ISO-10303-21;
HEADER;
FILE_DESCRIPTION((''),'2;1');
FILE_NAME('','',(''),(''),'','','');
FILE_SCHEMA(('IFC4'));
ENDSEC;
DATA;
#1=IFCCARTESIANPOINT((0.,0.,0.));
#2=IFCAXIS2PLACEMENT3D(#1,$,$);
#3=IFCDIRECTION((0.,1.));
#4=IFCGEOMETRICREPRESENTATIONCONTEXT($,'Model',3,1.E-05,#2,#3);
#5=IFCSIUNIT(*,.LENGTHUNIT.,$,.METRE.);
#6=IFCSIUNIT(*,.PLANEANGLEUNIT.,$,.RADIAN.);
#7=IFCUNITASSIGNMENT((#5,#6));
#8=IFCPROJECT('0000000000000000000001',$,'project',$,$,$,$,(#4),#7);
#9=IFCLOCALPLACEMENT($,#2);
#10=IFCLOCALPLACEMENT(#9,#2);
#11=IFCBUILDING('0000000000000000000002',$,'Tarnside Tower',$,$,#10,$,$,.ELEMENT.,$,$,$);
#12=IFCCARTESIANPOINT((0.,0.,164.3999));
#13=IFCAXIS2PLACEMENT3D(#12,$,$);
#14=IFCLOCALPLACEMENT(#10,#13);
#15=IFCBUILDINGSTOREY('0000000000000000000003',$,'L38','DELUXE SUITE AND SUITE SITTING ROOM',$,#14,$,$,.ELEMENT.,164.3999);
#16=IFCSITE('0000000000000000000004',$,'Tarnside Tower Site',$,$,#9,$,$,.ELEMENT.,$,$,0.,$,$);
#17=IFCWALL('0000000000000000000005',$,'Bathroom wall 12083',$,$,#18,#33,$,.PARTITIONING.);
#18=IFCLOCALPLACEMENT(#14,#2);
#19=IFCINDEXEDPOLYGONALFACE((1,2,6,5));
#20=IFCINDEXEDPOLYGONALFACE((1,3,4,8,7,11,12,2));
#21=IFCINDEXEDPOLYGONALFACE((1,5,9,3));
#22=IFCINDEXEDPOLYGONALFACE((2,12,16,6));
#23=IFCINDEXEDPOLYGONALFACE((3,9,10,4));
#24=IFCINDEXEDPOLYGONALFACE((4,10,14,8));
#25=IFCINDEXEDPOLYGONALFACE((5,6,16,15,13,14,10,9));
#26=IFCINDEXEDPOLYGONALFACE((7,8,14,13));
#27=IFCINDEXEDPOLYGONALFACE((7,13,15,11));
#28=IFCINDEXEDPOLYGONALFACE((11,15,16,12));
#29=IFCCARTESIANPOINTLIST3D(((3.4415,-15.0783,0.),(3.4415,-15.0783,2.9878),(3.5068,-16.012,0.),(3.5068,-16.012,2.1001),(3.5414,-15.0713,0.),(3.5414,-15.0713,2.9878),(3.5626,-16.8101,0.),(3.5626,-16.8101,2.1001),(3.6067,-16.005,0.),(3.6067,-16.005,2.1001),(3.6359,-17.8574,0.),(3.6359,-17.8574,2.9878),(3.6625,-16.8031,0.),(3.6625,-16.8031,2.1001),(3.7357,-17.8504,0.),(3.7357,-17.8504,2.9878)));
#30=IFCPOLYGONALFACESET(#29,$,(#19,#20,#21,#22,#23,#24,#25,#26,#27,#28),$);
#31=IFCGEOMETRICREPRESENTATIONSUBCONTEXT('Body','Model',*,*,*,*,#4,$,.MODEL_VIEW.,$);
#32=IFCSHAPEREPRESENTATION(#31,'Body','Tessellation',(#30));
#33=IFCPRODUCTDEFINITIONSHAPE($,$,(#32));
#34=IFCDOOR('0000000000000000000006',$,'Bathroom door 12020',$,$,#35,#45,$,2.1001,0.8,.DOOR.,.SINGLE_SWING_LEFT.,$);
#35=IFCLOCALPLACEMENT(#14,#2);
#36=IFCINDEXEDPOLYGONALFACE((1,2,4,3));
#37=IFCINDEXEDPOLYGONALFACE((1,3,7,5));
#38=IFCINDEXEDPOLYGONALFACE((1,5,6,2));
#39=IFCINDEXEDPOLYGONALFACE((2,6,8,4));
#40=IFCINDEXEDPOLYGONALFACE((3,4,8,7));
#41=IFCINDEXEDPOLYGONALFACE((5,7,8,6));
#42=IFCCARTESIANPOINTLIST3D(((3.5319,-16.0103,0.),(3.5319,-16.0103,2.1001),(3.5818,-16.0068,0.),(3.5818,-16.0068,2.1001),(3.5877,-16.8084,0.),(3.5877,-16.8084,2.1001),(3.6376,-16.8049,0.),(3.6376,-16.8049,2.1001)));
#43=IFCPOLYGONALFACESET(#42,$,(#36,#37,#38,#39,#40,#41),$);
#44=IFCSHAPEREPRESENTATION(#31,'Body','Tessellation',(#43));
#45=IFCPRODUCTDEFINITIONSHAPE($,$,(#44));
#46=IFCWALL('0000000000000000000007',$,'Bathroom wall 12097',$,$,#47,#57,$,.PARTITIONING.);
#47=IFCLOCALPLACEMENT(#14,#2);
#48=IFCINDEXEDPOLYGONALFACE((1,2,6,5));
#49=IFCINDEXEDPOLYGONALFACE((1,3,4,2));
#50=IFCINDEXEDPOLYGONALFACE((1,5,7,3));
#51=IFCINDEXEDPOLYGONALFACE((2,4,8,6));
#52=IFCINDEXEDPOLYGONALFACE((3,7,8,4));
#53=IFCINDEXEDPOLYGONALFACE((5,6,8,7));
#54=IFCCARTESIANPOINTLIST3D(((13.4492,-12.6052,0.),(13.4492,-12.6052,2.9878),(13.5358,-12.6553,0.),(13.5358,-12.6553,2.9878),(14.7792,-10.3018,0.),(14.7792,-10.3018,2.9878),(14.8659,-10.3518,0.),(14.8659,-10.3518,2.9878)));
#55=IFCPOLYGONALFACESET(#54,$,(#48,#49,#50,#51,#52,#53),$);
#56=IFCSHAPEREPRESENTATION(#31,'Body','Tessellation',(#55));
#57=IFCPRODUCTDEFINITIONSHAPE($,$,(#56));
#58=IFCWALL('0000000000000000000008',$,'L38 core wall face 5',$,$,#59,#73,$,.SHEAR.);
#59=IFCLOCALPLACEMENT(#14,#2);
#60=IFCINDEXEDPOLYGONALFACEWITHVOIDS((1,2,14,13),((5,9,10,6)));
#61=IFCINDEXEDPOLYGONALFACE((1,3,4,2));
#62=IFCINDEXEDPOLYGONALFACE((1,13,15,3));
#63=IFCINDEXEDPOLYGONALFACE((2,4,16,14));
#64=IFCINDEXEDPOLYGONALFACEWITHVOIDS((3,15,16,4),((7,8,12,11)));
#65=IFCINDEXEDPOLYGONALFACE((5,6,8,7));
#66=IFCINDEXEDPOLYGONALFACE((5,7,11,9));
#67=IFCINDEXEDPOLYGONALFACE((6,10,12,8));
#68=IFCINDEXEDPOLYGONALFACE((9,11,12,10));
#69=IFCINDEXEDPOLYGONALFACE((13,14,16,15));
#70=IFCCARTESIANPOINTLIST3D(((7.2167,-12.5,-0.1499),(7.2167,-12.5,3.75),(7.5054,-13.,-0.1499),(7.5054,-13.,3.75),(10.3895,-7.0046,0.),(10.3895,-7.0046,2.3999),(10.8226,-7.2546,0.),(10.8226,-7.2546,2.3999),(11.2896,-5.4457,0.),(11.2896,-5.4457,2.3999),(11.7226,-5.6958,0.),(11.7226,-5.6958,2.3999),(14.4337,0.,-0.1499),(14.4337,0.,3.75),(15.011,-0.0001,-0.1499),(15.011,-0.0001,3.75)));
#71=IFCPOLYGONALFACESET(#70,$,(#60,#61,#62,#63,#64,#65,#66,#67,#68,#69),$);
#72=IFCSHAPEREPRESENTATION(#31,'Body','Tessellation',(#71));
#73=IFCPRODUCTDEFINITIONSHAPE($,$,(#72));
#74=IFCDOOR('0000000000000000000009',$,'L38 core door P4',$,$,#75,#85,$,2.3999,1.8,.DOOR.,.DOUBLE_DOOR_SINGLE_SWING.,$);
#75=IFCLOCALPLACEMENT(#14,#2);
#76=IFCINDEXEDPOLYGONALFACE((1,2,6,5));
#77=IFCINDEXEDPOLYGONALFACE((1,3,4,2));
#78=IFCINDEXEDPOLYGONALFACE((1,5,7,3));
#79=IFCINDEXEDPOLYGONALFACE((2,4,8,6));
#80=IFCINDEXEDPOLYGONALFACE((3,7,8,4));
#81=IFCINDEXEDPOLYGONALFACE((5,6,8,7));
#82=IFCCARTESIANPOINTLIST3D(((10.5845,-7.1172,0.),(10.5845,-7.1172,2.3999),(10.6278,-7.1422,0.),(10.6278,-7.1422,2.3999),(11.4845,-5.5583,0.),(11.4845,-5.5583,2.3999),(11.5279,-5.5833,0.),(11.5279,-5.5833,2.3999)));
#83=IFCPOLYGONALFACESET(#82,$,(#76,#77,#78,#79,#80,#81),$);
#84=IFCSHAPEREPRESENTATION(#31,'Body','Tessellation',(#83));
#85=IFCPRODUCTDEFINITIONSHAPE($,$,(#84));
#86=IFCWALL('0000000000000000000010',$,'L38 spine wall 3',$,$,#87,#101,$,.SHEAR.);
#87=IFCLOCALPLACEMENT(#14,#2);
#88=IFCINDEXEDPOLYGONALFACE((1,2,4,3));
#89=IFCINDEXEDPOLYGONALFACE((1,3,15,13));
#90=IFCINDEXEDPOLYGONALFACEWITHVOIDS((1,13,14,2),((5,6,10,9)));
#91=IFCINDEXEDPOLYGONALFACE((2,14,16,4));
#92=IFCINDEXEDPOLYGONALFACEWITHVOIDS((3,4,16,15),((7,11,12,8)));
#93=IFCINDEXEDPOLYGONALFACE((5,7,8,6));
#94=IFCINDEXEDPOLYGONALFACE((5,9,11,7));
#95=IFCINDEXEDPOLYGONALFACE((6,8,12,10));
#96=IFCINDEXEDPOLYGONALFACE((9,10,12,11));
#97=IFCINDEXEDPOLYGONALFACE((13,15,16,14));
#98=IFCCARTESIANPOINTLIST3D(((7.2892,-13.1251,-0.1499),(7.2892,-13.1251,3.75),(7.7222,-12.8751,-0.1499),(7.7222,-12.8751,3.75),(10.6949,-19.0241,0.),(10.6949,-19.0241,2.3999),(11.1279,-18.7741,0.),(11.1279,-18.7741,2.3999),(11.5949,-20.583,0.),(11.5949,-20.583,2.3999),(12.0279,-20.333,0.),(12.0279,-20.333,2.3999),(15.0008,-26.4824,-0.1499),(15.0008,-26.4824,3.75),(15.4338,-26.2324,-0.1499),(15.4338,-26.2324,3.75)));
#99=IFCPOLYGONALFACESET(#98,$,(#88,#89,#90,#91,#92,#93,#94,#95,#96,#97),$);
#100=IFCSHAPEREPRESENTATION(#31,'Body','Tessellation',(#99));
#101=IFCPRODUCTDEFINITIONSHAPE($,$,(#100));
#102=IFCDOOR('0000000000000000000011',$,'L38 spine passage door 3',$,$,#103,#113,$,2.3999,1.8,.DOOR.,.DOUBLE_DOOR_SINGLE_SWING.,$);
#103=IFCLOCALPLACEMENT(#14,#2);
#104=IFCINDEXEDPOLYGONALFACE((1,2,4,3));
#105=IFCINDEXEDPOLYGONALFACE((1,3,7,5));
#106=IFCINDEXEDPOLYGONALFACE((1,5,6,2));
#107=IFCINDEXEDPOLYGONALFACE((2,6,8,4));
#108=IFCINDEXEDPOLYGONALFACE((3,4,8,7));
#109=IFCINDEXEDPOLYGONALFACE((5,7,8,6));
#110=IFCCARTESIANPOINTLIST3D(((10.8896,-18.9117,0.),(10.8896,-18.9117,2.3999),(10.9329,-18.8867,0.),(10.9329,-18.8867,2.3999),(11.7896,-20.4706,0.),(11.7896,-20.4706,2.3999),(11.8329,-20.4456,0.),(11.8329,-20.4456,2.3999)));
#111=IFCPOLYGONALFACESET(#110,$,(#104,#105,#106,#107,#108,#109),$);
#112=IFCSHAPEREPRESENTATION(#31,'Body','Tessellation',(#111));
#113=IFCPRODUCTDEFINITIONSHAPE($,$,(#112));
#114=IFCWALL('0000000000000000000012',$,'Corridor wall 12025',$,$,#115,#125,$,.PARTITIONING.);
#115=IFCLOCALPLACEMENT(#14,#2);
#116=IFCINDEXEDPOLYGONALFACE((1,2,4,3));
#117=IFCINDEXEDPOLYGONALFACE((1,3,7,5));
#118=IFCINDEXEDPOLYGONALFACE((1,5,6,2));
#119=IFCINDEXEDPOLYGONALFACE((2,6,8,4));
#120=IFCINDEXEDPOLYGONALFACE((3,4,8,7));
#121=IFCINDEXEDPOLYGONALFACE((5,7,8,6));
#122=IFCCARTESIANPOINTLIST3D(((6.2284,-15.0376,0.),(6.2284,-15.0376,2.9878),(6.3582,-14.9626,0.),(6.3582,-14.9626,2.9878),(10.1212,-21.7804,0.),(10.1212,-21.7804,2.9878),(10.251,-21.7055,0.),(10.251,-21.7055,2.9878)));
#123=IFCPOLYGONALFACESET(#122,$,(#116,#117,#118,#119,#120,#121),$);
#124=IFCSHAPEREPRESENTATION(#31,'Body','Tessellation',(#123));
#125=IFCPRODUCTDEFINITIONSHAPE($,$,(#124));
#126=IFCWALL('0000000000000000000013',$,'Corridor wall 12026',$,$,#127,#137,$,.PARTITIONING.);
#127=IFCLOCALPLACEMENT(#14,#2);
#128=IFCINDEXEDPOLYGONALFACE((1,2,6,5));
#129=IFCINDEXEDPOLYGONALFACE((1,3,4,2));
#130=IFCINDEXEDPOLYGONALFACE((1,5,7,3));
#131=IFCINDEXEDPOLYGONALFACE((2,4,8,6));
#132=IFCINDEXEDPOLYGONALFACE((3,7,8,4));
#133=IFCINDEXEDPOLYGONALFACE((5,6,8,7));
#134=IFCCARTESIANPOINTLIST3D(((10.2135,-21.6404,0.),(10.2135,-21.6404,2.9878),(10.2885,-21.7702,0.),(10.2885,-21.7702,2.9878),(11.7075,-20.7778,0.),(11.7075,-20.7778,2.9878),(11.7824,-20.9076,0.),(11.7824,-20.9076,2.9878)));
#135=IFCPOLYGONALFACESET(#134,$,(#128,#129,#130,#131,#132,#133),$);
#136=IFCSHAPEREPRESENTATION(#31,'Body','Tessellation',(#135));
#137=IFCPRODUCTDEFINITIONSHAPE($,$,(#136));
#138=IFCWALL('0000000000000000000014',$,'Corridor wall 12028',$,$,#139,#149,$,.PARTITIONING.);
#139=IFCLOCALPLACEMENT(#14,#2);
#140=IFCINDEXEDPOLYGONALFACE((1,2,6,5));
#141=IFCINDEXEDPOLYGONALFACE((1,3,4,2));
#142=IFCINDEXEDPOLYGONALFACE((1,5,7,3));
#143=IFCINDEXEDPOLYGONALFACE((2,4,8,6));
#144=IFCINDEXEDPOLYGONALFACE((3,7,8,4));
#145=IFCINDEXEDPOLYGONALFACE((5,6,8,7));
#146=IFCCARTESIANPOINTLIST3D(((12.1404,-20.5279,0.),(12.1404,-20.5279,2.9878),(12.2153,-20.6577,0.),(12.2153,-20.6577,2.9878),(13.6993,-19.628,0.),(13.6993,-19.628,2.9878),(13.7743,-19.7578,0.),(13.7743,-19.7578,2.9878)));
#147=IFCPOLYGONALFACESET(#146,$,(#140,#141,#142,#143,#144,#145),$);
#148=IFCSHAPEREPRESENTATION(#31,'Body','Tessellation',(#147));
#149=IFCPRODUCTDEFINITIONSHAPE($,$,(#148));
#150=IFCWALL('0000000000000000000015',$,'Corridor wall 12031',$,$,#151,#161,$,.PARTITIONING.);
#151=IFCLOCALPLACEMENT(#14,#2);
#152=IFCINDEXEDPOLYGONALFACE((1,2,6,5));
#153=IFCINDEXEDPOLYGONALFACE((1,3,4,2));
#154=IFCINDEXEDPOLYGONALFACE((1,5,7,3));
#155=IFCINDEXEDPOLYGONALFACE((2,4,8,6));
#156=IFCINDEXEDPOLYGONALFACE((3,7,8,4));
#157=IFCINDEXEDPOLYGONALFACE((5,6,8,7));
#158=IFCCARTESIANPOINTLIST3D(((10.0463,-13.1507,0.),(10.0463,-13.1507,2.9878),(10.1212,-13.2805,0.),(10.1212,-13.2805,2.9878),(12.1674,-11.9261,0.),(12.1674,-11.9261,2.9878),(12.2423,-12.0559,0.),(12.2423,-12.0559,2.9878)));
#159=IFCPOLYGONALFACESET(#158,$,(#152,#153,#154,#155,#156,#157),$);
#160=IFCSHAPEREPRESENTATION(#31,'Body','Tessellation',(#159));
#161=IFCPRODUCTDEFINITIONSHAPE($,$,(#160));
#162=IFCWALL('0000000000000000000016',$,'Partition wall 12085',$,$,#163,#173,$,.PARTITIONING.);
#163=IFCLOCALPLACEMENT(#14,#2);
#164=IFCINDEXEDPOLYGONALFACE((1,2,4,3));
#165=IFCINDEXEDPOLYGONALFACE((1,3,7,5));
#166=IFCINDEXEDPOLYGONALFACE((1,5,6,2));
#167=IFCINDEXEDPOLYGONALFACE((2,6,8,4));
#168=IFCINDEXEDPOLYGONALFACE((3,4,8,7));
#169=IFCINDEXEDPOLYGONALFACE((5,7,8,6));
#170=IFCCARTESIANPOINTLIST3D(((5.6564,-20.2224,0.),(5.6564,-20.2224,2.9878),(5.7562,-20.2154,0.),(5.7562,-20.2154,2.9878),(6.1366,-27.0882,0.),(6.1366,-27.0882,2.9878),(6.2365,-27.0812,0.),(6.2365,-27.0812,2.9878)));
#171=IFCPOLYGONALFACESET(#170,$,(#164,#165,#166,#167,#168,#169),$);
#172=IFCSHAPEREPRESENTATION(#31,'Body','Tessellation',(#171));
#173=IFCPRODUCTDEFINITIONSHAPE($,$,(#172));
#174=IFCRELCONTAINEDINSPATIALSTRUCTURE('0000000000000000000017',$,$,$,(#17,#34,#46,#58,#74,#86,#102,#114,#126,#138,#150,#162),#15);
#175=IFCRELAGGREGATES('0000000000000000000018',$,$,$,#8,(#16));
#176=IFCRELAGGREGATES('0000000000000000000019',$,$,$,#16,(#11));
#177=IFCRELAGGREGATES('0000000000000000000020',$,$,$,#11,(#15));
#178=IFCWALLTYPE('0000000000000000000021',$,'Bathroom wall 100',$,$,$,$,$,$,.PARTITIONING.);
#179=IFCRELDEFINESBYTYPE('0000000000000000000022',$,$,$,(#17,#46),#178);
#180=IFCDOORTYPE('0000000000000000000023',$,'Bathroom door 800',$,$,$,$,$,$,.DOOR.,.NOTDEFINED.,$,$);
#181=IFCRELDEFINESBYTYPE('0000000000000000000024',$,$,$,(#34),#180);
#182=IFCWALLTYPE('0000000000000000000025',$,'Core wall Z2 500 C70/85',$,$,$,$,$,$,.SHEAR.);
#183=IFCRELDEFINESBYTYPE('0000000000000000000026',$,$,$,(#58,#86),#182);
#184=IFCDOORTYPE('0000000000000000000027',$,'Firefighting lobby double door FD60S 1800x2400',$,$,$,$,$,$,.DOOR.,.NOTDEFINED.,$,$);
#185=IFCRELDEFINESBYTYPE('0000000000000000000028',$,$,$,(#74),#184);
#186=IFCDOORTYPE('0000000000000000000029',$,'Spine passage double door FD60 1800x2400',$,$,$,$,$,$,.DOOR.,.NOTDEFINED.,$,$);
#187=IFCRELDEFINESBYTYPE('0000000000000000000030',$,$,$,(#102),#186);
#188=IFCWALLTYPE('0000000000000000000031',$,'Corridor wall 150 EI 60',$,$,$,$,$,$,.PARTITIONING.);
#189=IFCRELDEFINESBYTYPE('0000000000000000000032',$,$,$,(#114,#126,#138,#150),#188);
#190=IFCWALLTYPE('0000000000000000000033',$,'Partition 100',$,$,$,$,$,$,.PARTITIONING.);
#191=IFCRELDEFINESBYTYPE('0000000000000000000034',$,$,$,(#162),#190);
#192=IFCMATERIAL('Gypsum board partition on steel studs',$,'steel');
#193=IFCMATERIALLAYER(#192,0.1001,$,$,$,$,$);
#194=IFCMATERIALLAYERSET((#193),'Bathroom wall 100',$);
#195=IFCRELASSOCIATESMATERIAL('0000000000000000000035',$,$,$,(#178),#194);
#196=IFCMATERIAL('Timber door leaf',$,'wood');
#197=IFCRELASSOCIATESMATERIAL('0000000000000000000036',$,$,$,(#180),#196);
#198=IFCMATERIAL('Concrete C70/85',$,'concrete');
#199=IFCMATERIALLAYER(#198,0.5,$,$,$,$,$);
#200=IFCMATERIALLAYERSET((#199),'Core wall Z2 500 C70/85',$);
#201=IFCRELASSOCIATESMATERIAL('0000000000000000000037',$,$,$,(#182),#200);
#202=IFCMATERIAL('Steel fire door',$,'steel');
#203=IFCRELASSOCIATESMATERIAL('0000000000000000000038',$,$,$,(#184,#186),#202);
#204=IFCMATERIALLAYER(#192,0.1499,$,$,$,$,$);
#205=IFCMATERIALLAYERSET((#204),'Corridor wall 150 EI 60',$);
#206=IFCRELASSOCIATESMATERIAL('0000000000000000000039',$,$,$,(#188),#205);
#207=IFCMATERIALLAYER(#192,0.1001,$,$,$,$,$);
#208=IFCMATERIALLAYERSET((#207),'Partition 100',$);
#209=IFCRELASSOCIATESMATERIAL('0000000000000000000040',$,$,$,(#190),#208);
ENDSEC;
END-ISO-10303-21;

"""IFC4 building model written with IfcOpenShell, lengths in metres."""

from ifc_helpers import new_model, si_unit, direction, frame, frame_2d, origin, place, context, subcontext, project, spatial, polyline, rectangle, outline, extrude, material, layer, layer_set, type_object, element, fill, save


model = new_model("IFC4")

# Units and contexts
model_context = context("Model", 3, precision=1e-05, world=origin(), true_north=direction((0.0, 1.0)))
body_context = subcontext(model_context, "Body", "Model", "MODEL_VIEW")
ifc_project = project(units=[si_unit("LENGTHUNIT", "METRE"), si_unit("PLANEANGLEUNIT", "RADIAN")], contexts=[model_context])

# Site, building, storey
site_placement = place(None, origin())
site = spatial("IfcSite", under=ifc_project, at=site_placement, Name="Tarnside Tower Site", CompositionType="ELEMENT", RefElevation=0.0)
building_placement = place(site_placement, origin())
building = spatial("IfcBuilding", under=site, at=building_placement, Name="Tarnside Tower", CompositionType="ELEMENT")
storey_placement = place(building_placement, frame((0.0, 0.0, 164.3999)))
storey = spatial("IfcBuildingStorey", under=building, at=storey_placement, Name="L38", Description="DELUXE SUITE AND SUITE SITTING ROOM", CompositionType="ELEMENT", Elevation=164.3999)

# Shared definitions
ifc_material_1 = material(Name="Gypsum board partition on steel studs", Category="steel")
ifc_layer_1 = layer(ifc_material_1, 0.1001)
ifc_layer_set_1 = layer_set([ifc_layer_1], Name="Bathroom wall 100")
wall_type_1 = type_object("IfcWallType", Name="Bathroom wall 100", PredefinedType="PARTITIONING", material=ifc_layer_set_1)

# Wall, opening, door
wall_1_placement = place(storey_placement, frame((3.6858, -17.854, 0.0), z_axis=(0.0, 0.0, 1.0), x_axis=(-0.069758, 0.997564, 0.0)))
wall_1 = element("IfcWall", 1, at=wall_1_placement, inside=storey, type_object=wall_type_1, Name="Bathroom wall 12083", PredefinedType="PARTITIONING", context=body_context, shape_type="SweptSolid", body=[
    extrude(rectangle(XDim=2.7859, YDim=0.1001, at=frame_2d((1.3931, 0.0))), origin(), (0.0, 0.0, 1.0), 2.9878),
])
opening_1_placement = place(wall_1_placement, frame((1.05, 0.0, 0.0)))
opening_1 = element("IfcOpeningElement", 2, at=opening_1_placement, cuts=wall_1, PredefinedType="OPENING", context=body_context, shape_type="SweptSolid", body=[
    extrude(rectangle(XDim=0.8, YDim=2.1001, at=frame_2d((0.3999, 1.05))), frame((0.0, 0.0601, 0.0), z_axis=(0.0, -1.0, 0.0), x_axis=(1.0, 0.0, 0.0)), (0.0, 0.0, 1.0), 0.1201),
])
ifc_material_2 = material(Name="Timber door leaf", Category="wood")
door_type_1 = type_object("IfcDoorType", Name="Bathroom door 800", OperationType="NOTDEFINED", PredefinedType="DOOR", material=ifc_material_2)
door_1_placement = place(opening_1_placement, origin())
door_1 = element("IfcDoor", 3, at=door_1_placement, inside=storey, type_object=door_type_1, Name="Bathroom door 12020", OperationType="SINGLE_SWING_LEFT", OverallHeight=2.1001, OverallWidth=0.8, PredefinedType="DOOR", context=body_context, shape_type="SweptSolid", body=[
    extrude(rectangle(XDim=0.8, YDim=2.1001, at=frame_2d((0.3999, 1.05))), frame((0.0, 0.0249, 0.0), z_axis=(0.0, -1.0, 0.0), x_axis=(1.0, 0.0, 0.0)), (0.0, 0.0, 1.0), 0.05),
])
fill(opening_1, door_1)

# Wall
wall_2_placement = place(storey_placement, frame((13.4924, -12.6304, 0.0), z_axis=(0.0, 0.0, 1.0), x_axis=(0.500048, 0.865998, 0.0)))
element("IfcWall", 4, at=wall_2_placement, inside=storey, type_object=wall_type_1, Name="Bathroom wall 12097", PredefinedType="PARTITIONING", context=body_context, shape_type="SweptSolid", body=[
    extrude(rectangle(XDim=2.6599, YDim=0.1001, at=frame_2d((1.3301, 0.0))), origin(), (0.0, 0.0, 1.0), 2.9878),
])

# Walls, openings, doors
ifc_material_3 = material(Name="Concrete C70/85", Category="concrete")
ifc_layer_2 = layer(ifc_material_3, 0.5)
ifc_layer_set_2 = layer_set([ifc_layer_2], Name="Core wall Z2 500 C70/85")
wall_type_2 = type_object("IfcWallType", Name="Core wall Z2 500 C70/85", PredefinedType="SHEAR", material=ifc_layer_set_2)
wall_3_placement = place(storey_placement, frame((7.3611, -12.75, -0.1499), z_axis=(0.0, 0.0, 1.0), x_axis=(0.500006, 0.866022, 0.0)))
wall_3 = element("IfcWall", 5, at=wall_3_placement, inside=storey, type_object=wall_type_2, Name="L38 core wall face 5", PredefinedType="SHEAR", context=body_context, shape_type="SweptSolid", body=[
    extrude(outline(polyline([(-0.1443, -0.25), (14.8667, -0.25), (14.5781, 0.25), (0.1443, 0.25), (-0.1443, -0.25)])), origin(), (0.0, 0.0, 1.0), 3.8999),
])
opening_2_placement = place(wall_3_placement, frame((6.49, 0.0, 0.1499)))
opening_2 = element("IfcOpeningElement", 6, at=opening_2_placement, cuts=wall_3, PredefinedType="OPENING", context=body_context, shape_type="SweptSolid", body=[
    extrude(rectangle(XDim=1.8, YDim=2.3999, at=frame_2d((0.8999, 1.2))), frame((0.0, 0.26, 0.0), z_axis=(0.0, -1.0, 0.0), x_axis=(1.0, 0.0, 0.0)), (0.0, 0.0, 1.0), 0.52),
])
ifc_material_4 = material(Name="Steel fire door", Category="steel")
door_type_2 = type_object("IfcDoorType", Name="Firefighting lobby double door FD60S 1800x2400", OperationType="NOTDEFINED", PredefinedType="DOOR", material=ifc_material_4)
door_2_placement = place(opening_2_placement, origin())
door_2 = element("IfcDoor", 7, at=door_2_placement, inside=storey, type_object=door_type_2, Name="L38 core door P4", OperationType="DOUBLE_DOOR_SINGLE_SWING", OverallHeight=2.3999, OverallWidth=1.8, PredefinedType="DOOR", context=body_context, shape_type="SweptSolid", body=[
    extrude(rectangle(XDim=1.8, YDim=2.3999, at=frame_2d((0.8999, 1.2))), frame((0.0, 0.0249, 0.0), z_axis=(0.0, -1.0, 0.0), x_axis=(1.0, 0.0, 0.0)), (0.0, 0.0, 1.0), 0.05),
])
fill(opening_2, door_2)
wall_4_placement = place(storey_placement, frame((7.5056, -13.0, -0.1499), z_axis=(0.0, 0.0, 1.0), x_axis=(0.499988, -0.866032, 0.0)))
wall_4 = element("IfcWall", 8, at=wall_4_placement, inside=storey, type_object=wall_type_2, Name="L38 spine wall 3", PredefinedType="SHEAR", context=body_context, shape_type="SweptSolid", body=[
    extrude(rectangle(XDim=15.4236, YDim=0.5, at=frame_2d((7.7119, 0.0))), origin(), (0.0, 0.0, 1.0), 3.8999),
])
opening_3_placement = place(wall_4_placement, frame((6.8118, 0.0, 0.1499)))
opening_3 = element("IfcOpeningElement", 9, at=opening_3_placement, cuts=wall_4, PredefinedType="OPENING", context=body_context, shape_type="SweptSolid", body=[
    extrude(rectangle(XDim=1.8, YDim=2.3999, at=frame_2d((0.8999, 1.2))), frame((0.0, 0.26, 0.0), z_axis=(0.0, -1.0, 0.0), x_axis=(1.0, 0.0, 0.0)), (0.0, 0.0, 1.0), 0.52),
])
door_type_3 = type_object("IfcDoorType", Name="Spine passage double door FD60 1800x2400", OperationType="NOTDEFINED", PredefinedType="DOOR", material=ifc_material_4)
door_3_placement = place(opening_3_placement, origin())
door_3 = element("IfcDoor", 10, at=door_3_placement, inside=storey, type_object=door_type_3, Name="L38 spine passage door 3", OperationType="DOUBLE_DOOR_SINGLE_SWING", OverallHeight=2.3999, OverallWidth=1.8, PredefinedType="DOOR", context=body_context, shape_type="SweptSolid", body=[
    extrude(rectangle(XDim=1.8, YDim=2.3999, at=frame_2d((0.8999, 1.2))), frame((0.0, 0.0249, 0.0), z_axis=(0.0, -1.0, 0.0), x_axis=(1.0, 0.0, 0.0)), (0.0, 0.0, 1.0), 0.05),
])
fill(opening_3, door_3)

# Walls
ifc_layer_3 = layer(ifc_material_1, 0.1499)
ifc_layer_set_3 = layer_set([ifc_layer_3], Name="Corridor wall 150 EI 60")
wall_type_3 = type_object("IfcWallType", Name="Corridor wall 150 EI 60", PredefinedType="PARTITIONING", material=ifc_layer_set_3)
wall_5_placement = place(storey_placement, frame((6.2932, -15.0, 0.0), z_axis=(0.0, 0.0, 1.0), x_axis=(0.49998, -0.866037, 0.0)))
element("IfcWall", 11, at=wall_5_placement, inside=storey, type_object=wall_type_3, Name="Corridor wall 12025", PredefinedType="PARTITIONING", context=body_context, shape_type="SweptSolid", body=[
    extrude(rectangle(XDim=7.7859, YDim=0.1499, at=frame_2d((3.8931, 0.0))), origin(), (0.0, 0.0, 1.0), 2.9878),
])
wall_6_placement = place(storey_placement, frame((10.251, -21.7053, 0.0), z_axis=(0.0, 0.0, 1.0), x_axis=(0.866014, 0.500021, 0.0)))
element("IfcWall", 12, at=wall_6_placement, inside=storey, type_object=wall_type_3, Name="Corridor wall 12026", PredefinedType="PARTITIONING", context=body_context, shape_type="SweptSolid", body=[
    extrude(rectangle(XDim=1.7251, YDim=0.1499, at=frame_2d((0.8625, 0.0))), origin(), (0.0, 0.0, 1.0), 2.9878),
])
wall_7_placement = place(storey_placement, frame((12.178, -20.5928, 0.0), z_axis=(0.0, 0.0, 1.0), x_axis=(0.866048, 0.499961, 0.0)))
element("IfcWall", 13, at=wall_7_placement, inside=storey, type_object=wall_type_3, Name="Corridor wall 12028", PredefinedType="PARTITIONING", context=body_context, shape_type="SweptSolid", body=[
    extrude(rectangle(XDim=1.8, YDim=0.1499, at=frame_2d((0.8999, 0.0))), origin(), (0.0, 0.0, 1.0), 2.9878),
])
wall_8_placement = place(storey_placement, frame((10.0837, -13.2156, 0.0), z_axis=(0.0, 0.0, 1.0), x_axis=(0.866026, 0.499999, 0.0)))
element("IfcWall", 14, at=wall_8_placement, inside=storey, type_object=wall_type_3, Name="Corridor wall 12031", PredefinedType="PARTITIONING", context=body_context, shape_type="SweptSolid", body=[
    extrude(rectangle(XDim=2.4492, YDim=0.1499, at=frame_2d((1.2246, 0.0))), origin(), (0.0, 0.0, 1.0), 2.9878),
])
ifc_layer_4 = layer(ifc_material_1, 0.1001)
ifc_layer_set_4 = layer_set([ifc_layer_4], Name="Partition 100")
wall_type_4 = type_object("IfcWallType", Name="Partition 100", PredefinedType="PARTITIONING", material=ifc_layer_set_4)
wall_9_placement = place(storey_placement, frame((5.7063, -20.2188, 0.0), z_axis=(0.0, 0.0, 1.0), x_axis=(0.069775, -0.997563, 0.0)))
element("IfcWall", 15, at=wall_9_placement, inside=storey, type_object=wall_type_4, Name="Partition wall 12085", PredefinedType="PARTITIONING", context=body_context, shape_type="SweptSolid", body=[
    extrude(rectangle(XDim=6.8826, YDim=0.1001, at=frame_2d((3.4414, 0.0))), origin(), (0.0, 0.0, 1.0), 2.9878),
])

save(model, "model.ifc")
